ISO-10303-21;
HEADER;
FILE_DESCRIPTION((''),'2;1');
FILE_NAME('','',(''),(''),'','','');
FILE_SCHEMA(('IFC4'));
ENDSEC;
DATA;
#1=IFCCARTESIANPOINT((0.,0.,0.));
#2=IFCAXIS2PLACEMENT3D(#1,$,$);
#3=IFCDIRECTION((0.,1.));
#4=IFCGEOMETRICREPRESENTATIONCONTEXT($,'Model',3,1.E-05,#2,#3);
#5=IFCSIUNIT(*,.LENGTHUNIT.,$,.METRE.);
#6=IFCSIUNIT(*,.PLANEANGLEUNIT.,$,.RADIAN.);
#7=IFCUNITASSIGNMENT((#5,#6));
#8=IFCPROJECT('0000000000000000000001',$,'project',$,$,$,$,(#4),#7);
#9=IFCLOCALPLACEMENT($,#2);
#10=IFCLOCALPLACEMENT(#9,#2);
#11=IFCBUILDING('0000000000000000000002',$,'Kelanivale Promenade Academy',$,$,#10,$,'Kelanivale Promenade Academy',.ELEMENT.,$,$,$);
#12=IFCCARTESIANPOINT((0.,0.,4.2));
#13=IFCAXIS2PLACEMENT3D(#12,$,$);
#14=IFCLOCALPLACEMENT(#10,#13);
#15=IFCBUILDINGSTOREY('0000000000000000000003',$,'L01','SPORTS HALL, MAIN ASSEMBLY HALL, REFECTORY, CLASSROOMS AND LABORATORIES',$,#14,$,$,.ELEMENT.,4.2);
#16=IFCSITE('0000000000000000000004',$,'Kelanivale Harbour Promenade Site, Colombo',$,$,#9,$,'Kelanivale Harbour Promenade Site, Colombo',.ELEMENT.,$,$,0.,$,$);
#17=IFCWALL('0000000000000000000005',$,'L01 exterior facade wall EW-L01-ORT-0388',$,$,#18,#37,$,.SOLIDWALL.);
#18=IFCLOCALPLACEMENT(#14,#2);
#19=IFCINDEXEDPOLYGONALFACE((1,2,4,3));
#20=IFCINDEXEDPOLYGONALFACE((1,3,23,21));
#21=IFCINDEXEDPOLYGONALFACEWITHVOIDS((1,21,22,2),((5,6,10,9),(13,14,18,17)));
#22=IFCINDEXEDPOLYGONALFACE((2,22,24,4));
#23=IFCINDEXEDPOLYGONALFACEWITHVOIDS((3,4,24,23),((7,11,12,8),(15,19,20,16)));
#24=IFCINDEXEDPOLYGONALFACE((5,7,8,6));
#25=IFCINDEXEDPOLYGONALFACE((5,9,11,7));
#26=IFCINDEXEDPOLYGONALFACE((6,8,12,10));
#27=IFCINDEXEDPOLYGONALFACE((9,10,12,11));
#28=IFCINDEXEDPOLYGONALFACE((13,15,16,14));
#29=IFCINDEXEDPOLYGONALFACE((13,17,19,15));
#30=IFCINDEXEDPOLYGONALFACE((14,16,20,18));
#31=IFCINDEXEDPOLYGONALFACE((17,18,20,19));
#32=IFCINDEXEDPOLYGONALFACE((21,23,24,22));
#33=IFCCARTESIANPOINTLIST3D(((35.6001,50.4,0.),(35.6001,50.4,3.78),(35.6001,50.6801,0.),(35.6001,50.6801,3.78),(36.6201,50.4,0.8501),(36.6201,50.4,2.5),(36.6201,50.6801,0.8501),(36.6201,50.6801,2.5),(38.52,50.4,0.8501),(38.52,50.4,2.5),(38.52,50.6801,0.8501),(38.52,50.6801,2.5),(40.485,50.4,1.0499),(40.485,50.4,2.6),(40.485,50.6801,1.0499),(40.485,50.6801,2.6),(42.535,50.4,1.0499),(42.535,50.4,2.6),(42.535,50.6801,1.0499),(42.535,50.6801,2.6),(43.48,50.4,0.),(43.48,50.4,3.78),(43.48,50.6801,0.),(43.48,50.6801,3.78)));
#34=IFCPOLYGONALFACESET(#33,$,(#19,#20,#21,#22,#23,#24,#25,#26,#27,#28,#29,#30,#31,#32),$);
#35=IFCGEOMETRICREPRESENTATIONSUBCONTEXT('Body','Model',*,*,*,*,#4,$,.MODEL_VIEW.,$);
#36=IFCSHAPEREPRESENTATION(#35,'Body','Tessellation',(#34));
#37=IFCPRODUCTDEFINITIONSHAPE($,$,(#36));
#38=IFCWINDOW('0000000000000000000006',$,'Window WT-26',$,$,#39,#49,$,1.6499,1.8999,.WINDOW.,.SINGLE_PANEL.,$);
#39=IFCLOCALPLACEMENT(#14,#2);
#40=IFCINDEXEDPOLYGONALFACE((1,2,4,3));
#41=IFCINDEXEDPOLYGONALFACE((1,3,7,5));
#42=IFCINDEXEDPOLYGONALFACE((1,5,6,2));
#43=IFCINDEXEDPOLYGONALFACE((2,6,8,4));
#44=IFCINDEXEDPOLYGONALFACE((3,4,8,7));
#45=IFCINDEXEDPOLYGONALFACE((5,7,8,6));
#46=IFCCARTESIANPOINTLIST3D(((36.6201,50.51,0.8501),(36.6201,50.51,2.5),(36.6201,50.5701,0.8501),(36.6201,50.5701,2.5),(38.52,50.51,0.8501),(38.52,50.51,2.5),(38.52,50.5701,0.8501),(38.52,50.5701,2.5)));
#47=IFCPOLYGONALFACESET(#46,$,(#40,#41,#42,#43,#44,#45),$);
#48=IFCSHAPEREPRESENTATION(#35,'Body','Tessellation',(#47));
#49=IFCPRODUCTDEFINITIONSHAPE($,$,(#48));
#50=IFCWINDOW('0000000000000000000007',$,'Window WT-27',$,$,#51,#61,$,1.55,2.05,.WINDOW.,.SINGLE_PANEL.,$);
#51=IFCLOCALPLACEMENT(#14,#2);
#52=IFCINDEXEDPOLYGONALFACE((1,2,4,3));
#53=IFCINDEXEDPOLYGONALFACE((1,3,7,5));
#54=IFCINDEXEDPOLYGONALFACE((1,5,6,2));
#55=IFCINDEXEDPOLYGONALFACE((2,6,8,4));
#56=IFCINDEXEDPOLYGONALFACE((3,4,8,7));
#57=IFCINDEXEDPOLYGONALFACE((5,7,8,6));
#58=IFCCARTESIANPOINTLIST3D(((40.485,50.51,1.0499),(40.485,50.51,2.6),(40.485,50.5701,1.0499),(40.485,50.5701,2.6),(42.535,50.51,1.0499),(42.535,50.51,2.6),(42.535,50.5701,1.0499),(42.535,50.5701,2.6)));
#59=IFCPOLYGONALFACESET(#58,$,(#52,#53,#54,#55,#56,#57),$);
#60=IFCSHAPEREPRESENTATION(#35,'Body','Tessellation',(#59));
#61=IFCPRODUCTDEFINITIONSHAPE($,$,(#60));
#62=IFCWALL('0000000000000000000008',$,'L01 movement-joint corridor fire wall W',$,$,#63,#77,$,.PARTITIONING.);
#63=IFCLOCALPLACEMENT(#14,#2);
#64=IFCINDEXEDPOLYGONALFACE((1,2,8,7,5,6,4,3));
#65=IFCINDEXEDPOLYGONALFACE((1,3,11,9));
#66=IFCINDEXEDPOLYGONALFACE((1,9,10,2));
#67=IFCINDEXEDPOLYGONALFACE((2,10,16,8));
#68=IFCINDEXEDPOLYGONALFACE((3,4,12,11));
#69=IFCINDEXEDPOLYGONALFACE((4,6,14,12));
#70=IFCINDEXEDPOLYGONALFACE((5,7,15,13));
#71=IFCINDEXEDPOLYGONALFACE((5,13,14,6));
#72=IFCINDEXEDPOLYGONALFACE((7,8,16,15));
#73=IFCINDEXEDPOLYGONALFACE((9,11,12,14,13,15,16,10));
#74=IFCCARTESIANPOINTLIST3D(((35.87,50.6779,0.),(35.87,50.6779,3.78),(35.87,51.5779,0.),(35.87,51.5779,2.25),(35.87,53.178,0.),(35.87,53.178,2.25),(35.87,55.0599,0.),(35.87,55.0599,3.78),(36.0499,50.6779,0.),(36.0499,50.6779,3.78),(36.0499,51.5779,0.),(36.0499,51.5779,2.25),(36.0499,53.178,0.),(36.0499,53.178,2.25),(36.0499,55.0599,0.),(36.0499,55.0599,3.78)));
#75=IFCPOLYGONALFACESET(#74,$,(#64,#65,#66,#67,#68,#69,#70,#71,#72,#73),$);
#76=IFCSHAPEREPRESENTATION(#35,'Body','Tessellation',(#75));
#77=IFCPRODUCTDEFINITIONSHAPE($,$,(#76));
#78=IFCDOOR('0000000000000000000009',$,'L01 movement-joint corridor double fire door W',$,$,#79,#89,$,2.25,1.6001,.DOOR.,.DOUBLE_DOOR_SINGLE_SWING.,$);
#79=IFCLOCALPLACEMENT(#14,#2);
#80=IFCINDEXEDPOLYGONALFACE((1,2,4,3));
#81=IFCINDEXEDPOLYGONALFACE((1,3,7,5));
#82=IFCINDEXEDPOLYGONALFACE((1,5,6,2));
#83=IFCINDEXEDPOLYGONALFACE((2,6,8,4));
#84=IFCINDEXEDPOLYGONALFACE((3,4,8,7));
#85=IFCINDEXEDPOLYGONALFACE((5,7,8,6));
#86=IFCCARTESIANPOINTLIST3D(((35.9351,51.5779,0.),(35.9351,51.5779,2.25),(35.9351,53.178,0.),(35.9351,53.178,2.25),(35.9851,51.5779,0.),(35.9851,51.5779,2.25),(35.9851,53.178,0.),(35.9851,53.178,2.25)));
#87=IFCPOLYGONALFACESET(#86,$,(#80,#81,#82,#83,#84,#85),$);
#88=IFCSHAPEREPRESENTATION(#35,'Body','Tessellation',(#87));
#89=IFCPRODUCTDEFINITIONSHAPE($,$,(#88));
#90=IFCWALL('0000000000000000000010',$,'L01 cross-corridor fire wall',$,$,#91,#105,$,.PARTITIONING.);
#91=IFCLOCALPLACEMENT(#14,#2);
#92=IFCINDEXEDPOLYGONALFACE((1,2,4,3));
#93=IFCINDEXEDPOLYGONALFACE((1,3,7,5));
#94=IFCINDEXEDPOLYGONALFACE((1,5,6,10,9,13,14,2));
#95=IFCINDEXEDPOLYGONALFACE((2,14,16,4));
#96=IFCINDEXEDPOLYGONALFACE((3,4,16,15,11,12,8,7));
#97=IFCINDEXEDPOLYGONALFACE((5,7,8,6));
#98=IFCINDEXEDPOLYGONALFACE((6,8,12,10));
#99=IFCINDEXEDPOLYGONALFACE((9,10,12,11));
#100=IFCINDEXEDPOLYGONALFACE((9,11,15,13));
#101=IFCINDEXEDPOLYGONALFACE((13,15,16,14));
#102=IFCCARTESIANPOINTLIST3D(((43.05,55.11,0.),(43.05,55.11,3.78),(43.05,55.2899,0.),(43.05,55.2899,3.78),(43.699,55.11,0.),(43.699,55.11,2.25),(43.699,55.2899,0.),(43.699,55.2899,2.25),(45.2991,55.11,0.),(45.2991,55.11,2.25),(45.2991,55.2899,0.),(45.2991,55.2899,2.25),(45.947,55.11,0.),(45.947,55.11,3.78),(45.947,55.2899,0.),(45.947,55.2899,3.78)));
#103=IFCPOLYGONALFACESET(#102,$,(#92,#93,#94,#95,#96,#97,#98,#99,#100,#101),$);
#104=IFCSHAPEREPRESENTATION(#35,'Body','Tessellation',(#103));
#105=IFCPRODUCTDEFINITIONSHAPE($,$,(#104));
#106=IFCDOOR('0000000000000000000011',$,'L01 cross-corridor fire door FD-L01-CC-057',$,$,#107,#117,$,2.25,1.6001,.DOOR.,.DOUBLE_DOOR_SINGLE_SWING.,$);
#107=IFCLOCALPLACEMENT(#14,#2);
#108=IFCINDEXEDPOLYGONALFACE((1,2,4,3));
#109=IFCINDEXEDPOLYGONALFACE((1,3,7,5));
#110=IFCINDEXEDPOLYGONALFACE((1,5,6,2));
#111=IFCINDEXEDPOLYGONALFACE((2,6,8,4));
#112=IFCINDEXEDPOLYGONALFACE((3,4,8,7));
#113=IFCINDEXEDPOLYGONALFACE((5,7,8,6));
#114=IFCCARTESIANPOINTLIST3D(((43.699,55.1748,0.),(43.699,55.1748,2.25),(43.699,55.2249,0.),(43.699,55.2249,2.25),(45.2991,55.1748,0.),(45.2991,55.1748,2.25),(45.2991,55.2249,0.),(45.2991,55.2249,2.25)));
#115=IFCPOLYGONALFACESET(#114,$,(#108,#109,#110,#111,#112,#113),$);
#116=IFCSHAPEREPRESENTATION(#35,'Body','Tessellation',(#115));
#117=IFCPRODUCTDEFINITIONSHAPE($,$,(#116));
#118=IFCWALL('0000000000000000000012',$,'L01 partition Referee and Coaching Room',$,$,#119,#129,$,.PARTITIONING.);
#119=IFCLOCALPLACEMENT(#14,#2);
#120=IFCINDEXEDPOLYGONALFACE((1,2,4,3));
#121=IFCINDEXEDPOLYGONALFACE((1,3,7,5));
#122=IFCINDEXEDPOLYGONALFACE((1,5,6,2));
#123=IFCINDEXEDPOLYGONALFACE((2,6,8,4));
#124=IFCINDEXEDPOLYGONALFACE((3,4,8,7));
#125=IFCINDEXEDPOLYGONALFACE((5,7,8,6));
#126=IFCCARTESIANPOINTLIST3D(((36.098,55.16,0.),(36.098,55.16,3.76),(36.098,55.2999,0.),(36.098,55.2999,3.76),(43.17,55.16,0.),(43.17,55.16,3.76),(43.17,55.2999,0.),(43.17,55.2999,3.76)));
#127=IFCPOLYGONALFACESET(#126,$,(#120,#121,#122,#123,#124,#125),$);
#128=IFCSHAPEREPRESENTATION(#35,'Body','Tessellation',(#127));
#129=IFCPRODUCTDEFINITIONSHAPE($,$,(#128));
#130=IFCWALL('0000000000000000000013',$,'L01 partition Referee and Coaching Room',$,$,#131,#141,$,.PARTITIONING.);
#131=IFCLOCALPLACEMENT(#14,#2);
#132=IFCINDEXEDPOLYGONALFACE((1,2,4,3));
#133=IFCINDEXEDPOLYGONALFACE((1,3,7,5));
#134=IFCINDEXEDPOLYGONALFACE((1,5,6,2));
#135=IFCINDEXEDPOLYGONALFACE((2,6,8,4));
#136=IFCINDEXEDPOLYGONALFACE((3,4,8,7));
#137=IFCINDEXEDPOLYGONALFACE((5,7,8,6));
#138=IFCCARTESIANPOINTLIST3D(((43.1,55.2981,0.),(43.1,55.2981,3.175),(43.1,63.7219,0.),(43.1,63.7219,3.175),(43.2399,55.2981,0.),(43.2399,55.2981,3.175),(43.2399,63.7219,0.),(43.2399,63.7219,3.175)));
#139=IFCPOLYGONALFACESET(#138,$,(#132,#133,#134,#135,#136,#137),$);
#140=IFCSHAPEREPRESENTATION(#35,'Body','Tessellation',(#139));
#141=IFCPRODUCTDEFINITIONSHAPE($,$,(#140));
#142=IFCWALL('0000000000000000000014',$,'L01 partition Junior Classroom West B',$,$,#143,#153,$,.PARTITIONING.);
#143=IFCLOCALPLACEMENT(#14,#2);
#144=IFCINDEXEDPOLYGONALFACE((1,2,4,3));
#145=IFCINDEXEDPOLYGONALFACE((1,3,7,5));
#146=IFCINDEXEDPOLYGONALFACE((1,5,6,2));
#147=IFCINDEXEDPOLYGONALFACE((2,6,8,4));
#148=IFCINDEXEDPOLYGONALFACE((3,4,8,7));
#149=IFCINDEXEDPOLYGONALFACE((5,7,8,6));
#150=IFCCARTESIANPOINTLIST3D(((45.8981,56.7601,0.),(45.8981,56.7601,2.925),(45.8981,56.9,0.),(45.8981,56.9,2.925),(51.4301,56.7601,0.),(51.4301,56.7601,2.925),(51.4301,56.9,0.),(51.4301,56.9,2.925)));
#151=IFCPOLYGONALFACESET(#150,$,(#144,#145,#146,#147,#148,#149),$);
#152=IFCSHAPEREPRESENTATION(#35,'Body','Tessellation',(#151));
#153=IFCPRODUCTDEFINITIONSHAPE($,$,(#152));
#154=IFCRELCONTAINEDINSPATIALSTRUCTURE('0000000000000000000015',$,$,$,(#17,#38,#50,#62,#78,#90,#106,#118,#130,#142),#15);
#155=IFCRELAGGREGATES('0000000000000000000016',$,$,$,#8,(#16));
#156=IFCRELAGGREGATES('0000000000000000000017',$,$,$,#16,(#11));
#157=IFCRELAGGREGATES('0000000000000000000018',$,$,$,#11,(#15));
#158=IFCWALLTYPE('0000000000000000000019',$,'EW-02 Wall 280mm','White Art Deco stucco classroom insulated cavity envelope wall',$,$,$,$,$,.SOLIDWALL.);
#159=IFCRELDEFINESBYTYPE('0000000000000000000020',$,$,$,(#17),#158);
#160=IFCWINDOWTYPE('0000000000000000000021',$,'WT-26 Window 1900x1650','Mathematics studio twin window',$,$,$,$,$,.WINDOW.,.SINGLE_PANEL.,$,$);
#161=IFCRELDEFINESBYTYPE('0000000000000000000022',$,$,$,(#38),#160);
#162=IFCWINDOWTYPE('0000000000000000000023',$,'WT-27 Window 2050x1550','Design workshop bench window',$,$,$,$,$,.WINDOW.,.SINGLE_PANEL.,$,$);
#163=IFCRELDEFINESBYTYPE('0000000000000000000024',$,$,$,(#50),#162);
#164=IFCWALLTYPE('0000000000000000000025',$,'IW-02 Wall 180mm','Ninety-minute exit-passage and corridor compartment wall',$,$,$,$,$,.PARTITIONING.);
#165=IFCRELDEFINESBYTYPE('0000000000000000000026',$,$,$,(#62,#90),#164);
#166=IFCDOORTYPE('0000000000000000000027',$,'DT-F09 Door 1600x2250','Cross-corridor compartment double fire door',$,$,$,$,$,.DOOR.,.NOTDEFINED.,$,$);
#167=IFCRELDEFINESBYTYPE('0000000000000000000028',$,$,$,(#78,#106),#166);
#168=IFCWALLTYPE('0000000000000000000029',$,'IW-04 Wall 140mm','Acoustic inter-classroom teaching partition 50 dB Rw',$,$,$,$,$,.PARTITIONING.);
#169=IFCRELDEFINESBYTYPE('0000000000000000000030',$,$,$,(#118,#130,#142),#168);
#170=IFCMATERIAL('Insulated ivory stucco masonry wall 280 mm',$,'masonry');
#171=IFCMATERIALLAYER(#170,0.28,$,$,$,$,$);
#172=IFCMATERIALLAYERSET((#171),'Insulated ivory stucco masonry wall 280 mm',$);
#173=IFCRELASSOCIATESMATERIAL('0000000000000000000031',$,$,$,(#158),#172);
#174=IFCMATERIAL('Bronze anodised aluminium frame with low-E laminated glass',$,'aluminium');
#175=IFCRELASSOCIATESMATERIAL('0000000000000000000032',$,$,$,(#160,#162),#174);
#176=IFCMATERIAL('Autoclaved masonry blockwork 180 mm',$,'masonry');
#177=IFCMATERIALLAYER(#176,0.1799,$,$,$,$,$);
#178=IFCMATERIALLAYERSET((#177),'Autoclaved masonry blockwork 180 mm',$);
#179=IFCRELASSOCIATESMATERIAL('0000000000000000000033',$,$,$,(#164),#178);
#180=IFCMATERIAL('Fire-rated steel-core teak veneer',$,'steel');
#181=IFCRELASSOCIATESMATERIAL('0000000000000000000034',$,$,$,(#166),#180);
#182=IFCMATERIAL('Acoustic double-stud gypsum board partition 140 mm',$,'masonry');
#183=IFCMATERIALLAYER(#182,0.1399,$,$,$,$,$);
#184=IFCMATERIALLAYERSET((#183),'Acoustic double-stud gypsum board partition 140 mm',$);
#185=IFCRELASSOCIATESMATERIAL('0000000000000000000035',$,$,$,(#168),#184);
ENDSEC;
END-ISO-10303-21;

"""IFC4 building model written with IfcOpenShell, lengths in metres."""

from ifc_helpers import new_model, si_unit, direction, frame, frame_2d, origin, place, context, subcontext, project, spatial, rectangle, extrude, material, layer, layer_set, type_object, element, fill, save


model = new_model("IFC4")

# Units and contexts
model_context = context("Model", 3, precision=1e-05, world=origin(), true_north=direction((0.0, 1.0)))
body_context = subcontext(model_context, "Body", "Model", "MODEL_VIEW")
ifc_project = project(units=[si_unit("LENGTHUNIT", "METRE"), si_unit("PLANEANGLEUNIT", "RADIAN")], contexts=[model_context])

# Site, building, storey
site_placement = place(None, origin())
site = spatial("IfcSite", under=ifc_project, at=site_placement, Name="Kelanivale Harbour Promenade Site, Colombo", LongName="Kelanivale Harbour Promenade Site, Colombo", CompositionType="ELEMENT", RefElevation=0.0)
building_placement = place(site_placement, origin())
building = spatial("IfcBuilding", under=site, at=building_placement, Name="Kelanivale Promenade Academy", LongName="Kelanivale Promenade Academy", CompositionType="ELEMENT")
storey_placement = place(building_placement, frame((0.0, 0.0, 4.2)))
storey = spatial("IfcBuildingStorey", under=building, at=storey_placement, Name="L01", Description="SPORTS HALL, MAIN ASSEMBLY HALL, REFECTORY, CLASSROOMS AND LABORATORIES", CompositionType="ELEMENT", Elevation=4.2)

# Wall, openings, windows
ifc_material_1 = material(Name="Insulated ivory stucco masonry wall 280 mm", Category="masonry")
ifc_layer_1 = layer(ifc_material_1, 0.28)
ifc_layer_set_1 = layer_set([ifc_layer_1], Name="Insulated ivory stucco masonry wall 280 mm")
wall_type_1 = type_object("IfcWallType", Name="EW-02 Wall 280mm", Description="White Art Deco stucco classroom insulated cavity envelope wall", PredefinedType="SOLIDWALL", material=ifc_layer_set_1)
wall_1_placement = place(storey_placement, frame((35.6001, 50.54, 0.0), z_axis=(0.0, 0.0, 1.0), x_axis=(1.0, 0.0, 0.0)))
wall_1 = element("IfcWall", 1, at=wall_1_placement, inside=storey, type_object=wall_type_1, Name="L01 exterior facade wall EW-L01-ORT-0388", PredefinedType="SOLIDWALL", context=body_context, shape_type="SweptSolid", body=[
    extrude(rectangle(XDim=7.8799, YDim=0.28, at=frame_2d((3.9399, 0.0))), origin(), (0.0, 0.0, 1.0), 3.78),
])
opening_1_placement = place(wall_1_placement, frame((1.02, 0.0, 0.8501)))
opening_1 = element("IfcOpeningElement", 2, at=opening_1_placement, cuts=wall_1, PredefinedType="OPENING", context=body_context, shape_type="SweptSolid", body=[
    extrude(rectangle(XDim=1.8999, YDim=1.6499, at=frame_2d((0.95, 0.825))), frame((0.0, 0.1499, 0.0), z_axis=(0.0, -1.0, 0.0), x_axis=(1.0, 0.0, 0.0)), (0.0, 0.0, 1.0), 0.3),
])
opening_2_placement = place(wall_1_placement, frame((4.885, 0.0, 1.05)))
opening_2 = element("IfcOpeningElement", 3, at=opening_2_placement, cuts=wall_1, PredefinedType="OPENING", context=body_context, shape_type="SweptSolid", body=[
    extrude(rectangle(XDim=2.05, YDim=1.55, at=frame_2d((1.0249, 0.7749))), frame((0.0, 0.1499, 0.0), z_axis=(0.0, -1.0, 0.0), x_axis=(1.0, 0.0, 0.0)), (0.0, 0.0, 1.0), 0.3),
])
ifc_material_2 = material(Name="Bronze anodised aluminium frame with low-E laminated glass", Category="aluminium")
window_type_1 = type_object("IfcWindowType", Name="WT-26 Window 1900x1650", Description="Mathematics studio twin window", PartitioningType="SINGLE_PANEL", PredefinedType="WINDOW", material=ifc_material_2)
window_1_placement = place(opening_1_placement, origin())
window_1 = element("IfcWindow", 4, at=window_1_placement, inside=storey, type_object=window_type_1, Name="Window WT-26", OverallHeight=1.6499, OverallWidth=1.8999, PartitioningType="SINGLE_PANEL", PredefinedType="WINDOW", context=body_context, shape_type="SweptSolid", body=[
    extrude(rectangle(XDim=1.8999, YDim=1.6499, at=frame_2d((0.95, 0.825))), frame((0.0, 0.03, 0.0), z_axis=(0.0, -1.0, 0.0), x_axis=(1.0, 0.0, 0.0)), (0.0, 0.0, 1.0), 0.0601),
])
fill(opening_1, window_1)
window_type_2 = type_object("IfcWindowType", Name="WT-27 Window 2050x1550", Description="Design workshop bench window", PartitioningType="SINGLE_PANEL", PredefinedType="WINDOW", material=ifc_material_2)
window_2_placement = place(opening_2_placement, origin())
window_2 = element("IfcWindow", 5, at=window_2_placement, inside=storey, type_object=window_type_2, Name="Window WT-27", OverallHeight=1.55, OverallWidth=2.05, PartitioningType="SINGLE_PANEL", PredefinedType="WINDOW", context=body_context, shape_type="SweptSolid", body=[
    extrude(rectangle(XDim=2.05, YDim=1.55, at=frame_2d((1.0249, 0.7749))), frame((0.0, 0.03, 0.0), z_axis=(0.0, -1.0, 0.0), x_axis=(1.0, 0.0, 0.0)), (0.0, 0.0, 1.0), 0.0601),
])
fill(opening_2, window_2)

# Walls, openings, doors
ifc_material_3 = material(Name="Autoclaved masonry blockwork 180 mm", Category="masonry")
ifc_layer_2 = layer(ifc_material_3, 0.1799)
ifc_layer_set_2 = layer_set([ifc_layer_2], Name="Autoclaved masonry blockwork 180 mm")
wall_type_2 = type_object("IfcWallType", Name="IW-02 Wall 180mm", Description="Ninety-minute exit-passage and corridor compartment wall", PredefinedType="PARTITIONING", material=ifc_layer_set_2)
wall_2_placement = place(storey_placement, frame((35.96, 50.678, 0.0), z_axis=(0.0, 0.0, 1.0), x_axis=(0.0, 1.0, 0.0)))
wall_2 = element("IfcWall", 6, at=wall_2_placement, inside=storey, type_object=wall_type_2, Name="L01 movement-joint corridor fire wall W", PredefinedType="PARTITIONING", context=body_context, shape_type="SweptSolid", body=[
    extrude(rectangle(XDim=4.3821, YDim=0.1799, at=frame_2d((2.1909, 0.0))), origin(), (0.0, 0.0, 1.0), 3.78),
])
opening_3_placement = place(wall_2_placement, frame((0.8999, 0.0, 0.0)))
opening_3 = element("IfcOpeningElement", 7, at=opening_3_placement, cuts=wall_2, PredefinedType="OPENING", context=body_context, shape_type="SweptSolid", body=[
    extrude(rectangle(XDim=1.6001, YDim=2.25, at=frame_2d((0.8, 1.125))), frame((0.0, 0.1001, 0.0), z_axis=(0.0, -1.0, 0.0), x_axis=(1.0, 0.0, 0.0)), (0.0, 0.0, 1.0), 0.2),
])
ifc_material_4 = material(Name="Fire-rated steel-core teak veneer", Category="steel")
door_type = type_object("IfcDoorType", Name="DT-F09 Door 1600x2250", Description="Cross-corridor compartment double fire door", OperationType="NOTDEFINED", PredefinedType="DOOR", material=ifc_material_4)
door_1_placement = place(opening_3_placement, origin())
door_1 = element("IfcDoor", 8, at=door_1_placement, inside=storey, type_object=door_type, Name="L01 movement-joint corridor double fire door W", OperationType="DOUBLE_DOOR_SINGLE_SWING", OverallHeight=2.25, OverallWidth=1.6001, PredefinedType="DOOR", context=body_context, shape_type="SweptSolid", body=[
    extrude(rectangle(XDim=1.6001, YDim=2.25, at=frame_2d((0.8, 1.125))), frame((0.0, 0.0249, 0.0), z_axis=(0.0, -1.0, 0.0), x_axis=(1.0, 0.0, 0.0)), (0.0, 0.0, 1.0), 0.05),
])
fill(opening_3, door_1)
wall_3_placement = place(storey_placement, frame((43.05, 55.2, 0.0), z_axis=(0.0, 0.0, 1.0), x_axis=(1.0, 0.0, 0.0)))
wall_3 = element("IfcWall", 9, at=wall_3_placement, inside=storey, type_object=wall_type_2, Name="L01 cross-corridor fire wall", PredefinedType="PARTITIONING", context=body_context, shape_type="SweptSolid", body=[
    extrude(rectangle(XDim=2.897, YDim=0.1799, at=frame_2d((1.4485, 0.0))), origin(), (0.0, 0.0, 1.0), 3.78),
])
opening_4_placement = place(wall_3_placement, frame((0.6489, 0.0, 0.0)))
opening_4 = element("IfcOpeningElement", 10, at=opening_4_placement, cuts=wall_3, PredefinedType="OPENING", context=body_context, shape_type="SweptSolid", body=[
    extrude(rectangle(XDim=1.6001, YDim=2.25, at=frame_2d((0.8, 1.125))), frame((0.0, 0.1001, 0.0), z_axis=(0.0, -1.0, 0.0), x_axis=(1.0, 0.0, 0.0)), (0.0, 0.0, 1.0), 0.2),
])
door_2_placement = place(opening_4_placement, origin())
door_2 = element("IfcDoor", 11, at=door_2_placement, inside=storey, type_object=door_type, Name="L01 cross-corridor fire door FD-L01-CC-057", OperationType="DOUBLE_DOOR_SINGLE_SWING", OverallHeight=2.25, OverallWidth=1.6001, PredefinedType="DOOR", context=body_context, shape_type="SweptSolid", body=[
    extrude(rectangle(XDim=1.6001, YDim=2.25, at=frame_2d((0.8, 1.125))), frame((0.0, 0.0249, 0.0), z_axis=(0.0, -1.0, 0.0), x_axis=(1.0, 0.0, 0.0)), (0.0, 0.0, 1.0), 0.05),
])
fill(opening_4, door_2)

# Walls
ifc_material_5 = material(Name="Acoustic double-stud gypsum board partition 140 mm", Category="masonry")
ifc_layer_3 = layer(ifc_material_5, 0.1399)
ifc_layer_set_3 = layer_set([ifc_layer_3], Name="Acoustic double-stud gypsum board partition 140 mm")
wall_type_3 = type_object("IfcWallType", Name="IW-04 Wall 140mm", Description="Acoustic inter-classroom teaching partition 50 dB Rw", PredefinedType="PARTITIONING", material=ifc_layer_set_3)
wall_4_placement = place(storey_placement, frame((36.0979, 55.23, 0.0), z_axis=(0.0, 0.0, 1.0), x_axis=(1.0, 0.0, 0.0)))
element("IfcWall", 12, at=wall_4_placement, inside=storey, type_object=wall_type_3, Name="L01 partition Referee and Coaching Room", PredefinedType="PARTITIONING", context=body_context, shape_type="SweptSolid", body=[
    extrude(rectangle(XDim=7.072, YDim=0.1399, at=frame_2d((3.5361, 0.0))), origin(), (0.0, 0.0, 1.0), 3.76),
])
wall_5_placement = place(storey_placement, frame((43.1699, 55.2981, 0.0), z_axis=(0.0, 0.0, 1.0), x_axis=(0.0, 1.0, 0.0)))
element("IfcWall", 13, at=wall_5_placement, inside=storey, type_object=wall_type_3, Name="L01 partition Referee and Coaching Room", PredefinedType="PARTITIONING", context=body_context, shape_type="SweptSolid", body=[
    extrude(rectangle(XDim=8.4238, YDim=0.1399, at=frame_2d((4.2119, 0.0))), origin(), (0.0, 0.0, 1.0), 3.175),
])
wall_6_placement = place(storey_placement, frame((45.8979, 56.8301, 0.0), z_axis=(0.0, 0.0, 1.0), x_axis=(1.0, 0.0, 0.0)))
element("IfcWall", 14, at=wall_6_placement, inside=storey, type_object=wall_type_3, Name="L01 partition Junior Classroom West B", PredefinedType="PARTITIONING", context=body_context, shape_type="SweptSolid", body=[
    extrude(rectangle(XDim=5.532, YDim=0.1399, at=frame_2d((2.7661, 0.0))), origin(), (0.0, 0.0, 1.0), 2.925),
])

save(model, "model.ifc")
